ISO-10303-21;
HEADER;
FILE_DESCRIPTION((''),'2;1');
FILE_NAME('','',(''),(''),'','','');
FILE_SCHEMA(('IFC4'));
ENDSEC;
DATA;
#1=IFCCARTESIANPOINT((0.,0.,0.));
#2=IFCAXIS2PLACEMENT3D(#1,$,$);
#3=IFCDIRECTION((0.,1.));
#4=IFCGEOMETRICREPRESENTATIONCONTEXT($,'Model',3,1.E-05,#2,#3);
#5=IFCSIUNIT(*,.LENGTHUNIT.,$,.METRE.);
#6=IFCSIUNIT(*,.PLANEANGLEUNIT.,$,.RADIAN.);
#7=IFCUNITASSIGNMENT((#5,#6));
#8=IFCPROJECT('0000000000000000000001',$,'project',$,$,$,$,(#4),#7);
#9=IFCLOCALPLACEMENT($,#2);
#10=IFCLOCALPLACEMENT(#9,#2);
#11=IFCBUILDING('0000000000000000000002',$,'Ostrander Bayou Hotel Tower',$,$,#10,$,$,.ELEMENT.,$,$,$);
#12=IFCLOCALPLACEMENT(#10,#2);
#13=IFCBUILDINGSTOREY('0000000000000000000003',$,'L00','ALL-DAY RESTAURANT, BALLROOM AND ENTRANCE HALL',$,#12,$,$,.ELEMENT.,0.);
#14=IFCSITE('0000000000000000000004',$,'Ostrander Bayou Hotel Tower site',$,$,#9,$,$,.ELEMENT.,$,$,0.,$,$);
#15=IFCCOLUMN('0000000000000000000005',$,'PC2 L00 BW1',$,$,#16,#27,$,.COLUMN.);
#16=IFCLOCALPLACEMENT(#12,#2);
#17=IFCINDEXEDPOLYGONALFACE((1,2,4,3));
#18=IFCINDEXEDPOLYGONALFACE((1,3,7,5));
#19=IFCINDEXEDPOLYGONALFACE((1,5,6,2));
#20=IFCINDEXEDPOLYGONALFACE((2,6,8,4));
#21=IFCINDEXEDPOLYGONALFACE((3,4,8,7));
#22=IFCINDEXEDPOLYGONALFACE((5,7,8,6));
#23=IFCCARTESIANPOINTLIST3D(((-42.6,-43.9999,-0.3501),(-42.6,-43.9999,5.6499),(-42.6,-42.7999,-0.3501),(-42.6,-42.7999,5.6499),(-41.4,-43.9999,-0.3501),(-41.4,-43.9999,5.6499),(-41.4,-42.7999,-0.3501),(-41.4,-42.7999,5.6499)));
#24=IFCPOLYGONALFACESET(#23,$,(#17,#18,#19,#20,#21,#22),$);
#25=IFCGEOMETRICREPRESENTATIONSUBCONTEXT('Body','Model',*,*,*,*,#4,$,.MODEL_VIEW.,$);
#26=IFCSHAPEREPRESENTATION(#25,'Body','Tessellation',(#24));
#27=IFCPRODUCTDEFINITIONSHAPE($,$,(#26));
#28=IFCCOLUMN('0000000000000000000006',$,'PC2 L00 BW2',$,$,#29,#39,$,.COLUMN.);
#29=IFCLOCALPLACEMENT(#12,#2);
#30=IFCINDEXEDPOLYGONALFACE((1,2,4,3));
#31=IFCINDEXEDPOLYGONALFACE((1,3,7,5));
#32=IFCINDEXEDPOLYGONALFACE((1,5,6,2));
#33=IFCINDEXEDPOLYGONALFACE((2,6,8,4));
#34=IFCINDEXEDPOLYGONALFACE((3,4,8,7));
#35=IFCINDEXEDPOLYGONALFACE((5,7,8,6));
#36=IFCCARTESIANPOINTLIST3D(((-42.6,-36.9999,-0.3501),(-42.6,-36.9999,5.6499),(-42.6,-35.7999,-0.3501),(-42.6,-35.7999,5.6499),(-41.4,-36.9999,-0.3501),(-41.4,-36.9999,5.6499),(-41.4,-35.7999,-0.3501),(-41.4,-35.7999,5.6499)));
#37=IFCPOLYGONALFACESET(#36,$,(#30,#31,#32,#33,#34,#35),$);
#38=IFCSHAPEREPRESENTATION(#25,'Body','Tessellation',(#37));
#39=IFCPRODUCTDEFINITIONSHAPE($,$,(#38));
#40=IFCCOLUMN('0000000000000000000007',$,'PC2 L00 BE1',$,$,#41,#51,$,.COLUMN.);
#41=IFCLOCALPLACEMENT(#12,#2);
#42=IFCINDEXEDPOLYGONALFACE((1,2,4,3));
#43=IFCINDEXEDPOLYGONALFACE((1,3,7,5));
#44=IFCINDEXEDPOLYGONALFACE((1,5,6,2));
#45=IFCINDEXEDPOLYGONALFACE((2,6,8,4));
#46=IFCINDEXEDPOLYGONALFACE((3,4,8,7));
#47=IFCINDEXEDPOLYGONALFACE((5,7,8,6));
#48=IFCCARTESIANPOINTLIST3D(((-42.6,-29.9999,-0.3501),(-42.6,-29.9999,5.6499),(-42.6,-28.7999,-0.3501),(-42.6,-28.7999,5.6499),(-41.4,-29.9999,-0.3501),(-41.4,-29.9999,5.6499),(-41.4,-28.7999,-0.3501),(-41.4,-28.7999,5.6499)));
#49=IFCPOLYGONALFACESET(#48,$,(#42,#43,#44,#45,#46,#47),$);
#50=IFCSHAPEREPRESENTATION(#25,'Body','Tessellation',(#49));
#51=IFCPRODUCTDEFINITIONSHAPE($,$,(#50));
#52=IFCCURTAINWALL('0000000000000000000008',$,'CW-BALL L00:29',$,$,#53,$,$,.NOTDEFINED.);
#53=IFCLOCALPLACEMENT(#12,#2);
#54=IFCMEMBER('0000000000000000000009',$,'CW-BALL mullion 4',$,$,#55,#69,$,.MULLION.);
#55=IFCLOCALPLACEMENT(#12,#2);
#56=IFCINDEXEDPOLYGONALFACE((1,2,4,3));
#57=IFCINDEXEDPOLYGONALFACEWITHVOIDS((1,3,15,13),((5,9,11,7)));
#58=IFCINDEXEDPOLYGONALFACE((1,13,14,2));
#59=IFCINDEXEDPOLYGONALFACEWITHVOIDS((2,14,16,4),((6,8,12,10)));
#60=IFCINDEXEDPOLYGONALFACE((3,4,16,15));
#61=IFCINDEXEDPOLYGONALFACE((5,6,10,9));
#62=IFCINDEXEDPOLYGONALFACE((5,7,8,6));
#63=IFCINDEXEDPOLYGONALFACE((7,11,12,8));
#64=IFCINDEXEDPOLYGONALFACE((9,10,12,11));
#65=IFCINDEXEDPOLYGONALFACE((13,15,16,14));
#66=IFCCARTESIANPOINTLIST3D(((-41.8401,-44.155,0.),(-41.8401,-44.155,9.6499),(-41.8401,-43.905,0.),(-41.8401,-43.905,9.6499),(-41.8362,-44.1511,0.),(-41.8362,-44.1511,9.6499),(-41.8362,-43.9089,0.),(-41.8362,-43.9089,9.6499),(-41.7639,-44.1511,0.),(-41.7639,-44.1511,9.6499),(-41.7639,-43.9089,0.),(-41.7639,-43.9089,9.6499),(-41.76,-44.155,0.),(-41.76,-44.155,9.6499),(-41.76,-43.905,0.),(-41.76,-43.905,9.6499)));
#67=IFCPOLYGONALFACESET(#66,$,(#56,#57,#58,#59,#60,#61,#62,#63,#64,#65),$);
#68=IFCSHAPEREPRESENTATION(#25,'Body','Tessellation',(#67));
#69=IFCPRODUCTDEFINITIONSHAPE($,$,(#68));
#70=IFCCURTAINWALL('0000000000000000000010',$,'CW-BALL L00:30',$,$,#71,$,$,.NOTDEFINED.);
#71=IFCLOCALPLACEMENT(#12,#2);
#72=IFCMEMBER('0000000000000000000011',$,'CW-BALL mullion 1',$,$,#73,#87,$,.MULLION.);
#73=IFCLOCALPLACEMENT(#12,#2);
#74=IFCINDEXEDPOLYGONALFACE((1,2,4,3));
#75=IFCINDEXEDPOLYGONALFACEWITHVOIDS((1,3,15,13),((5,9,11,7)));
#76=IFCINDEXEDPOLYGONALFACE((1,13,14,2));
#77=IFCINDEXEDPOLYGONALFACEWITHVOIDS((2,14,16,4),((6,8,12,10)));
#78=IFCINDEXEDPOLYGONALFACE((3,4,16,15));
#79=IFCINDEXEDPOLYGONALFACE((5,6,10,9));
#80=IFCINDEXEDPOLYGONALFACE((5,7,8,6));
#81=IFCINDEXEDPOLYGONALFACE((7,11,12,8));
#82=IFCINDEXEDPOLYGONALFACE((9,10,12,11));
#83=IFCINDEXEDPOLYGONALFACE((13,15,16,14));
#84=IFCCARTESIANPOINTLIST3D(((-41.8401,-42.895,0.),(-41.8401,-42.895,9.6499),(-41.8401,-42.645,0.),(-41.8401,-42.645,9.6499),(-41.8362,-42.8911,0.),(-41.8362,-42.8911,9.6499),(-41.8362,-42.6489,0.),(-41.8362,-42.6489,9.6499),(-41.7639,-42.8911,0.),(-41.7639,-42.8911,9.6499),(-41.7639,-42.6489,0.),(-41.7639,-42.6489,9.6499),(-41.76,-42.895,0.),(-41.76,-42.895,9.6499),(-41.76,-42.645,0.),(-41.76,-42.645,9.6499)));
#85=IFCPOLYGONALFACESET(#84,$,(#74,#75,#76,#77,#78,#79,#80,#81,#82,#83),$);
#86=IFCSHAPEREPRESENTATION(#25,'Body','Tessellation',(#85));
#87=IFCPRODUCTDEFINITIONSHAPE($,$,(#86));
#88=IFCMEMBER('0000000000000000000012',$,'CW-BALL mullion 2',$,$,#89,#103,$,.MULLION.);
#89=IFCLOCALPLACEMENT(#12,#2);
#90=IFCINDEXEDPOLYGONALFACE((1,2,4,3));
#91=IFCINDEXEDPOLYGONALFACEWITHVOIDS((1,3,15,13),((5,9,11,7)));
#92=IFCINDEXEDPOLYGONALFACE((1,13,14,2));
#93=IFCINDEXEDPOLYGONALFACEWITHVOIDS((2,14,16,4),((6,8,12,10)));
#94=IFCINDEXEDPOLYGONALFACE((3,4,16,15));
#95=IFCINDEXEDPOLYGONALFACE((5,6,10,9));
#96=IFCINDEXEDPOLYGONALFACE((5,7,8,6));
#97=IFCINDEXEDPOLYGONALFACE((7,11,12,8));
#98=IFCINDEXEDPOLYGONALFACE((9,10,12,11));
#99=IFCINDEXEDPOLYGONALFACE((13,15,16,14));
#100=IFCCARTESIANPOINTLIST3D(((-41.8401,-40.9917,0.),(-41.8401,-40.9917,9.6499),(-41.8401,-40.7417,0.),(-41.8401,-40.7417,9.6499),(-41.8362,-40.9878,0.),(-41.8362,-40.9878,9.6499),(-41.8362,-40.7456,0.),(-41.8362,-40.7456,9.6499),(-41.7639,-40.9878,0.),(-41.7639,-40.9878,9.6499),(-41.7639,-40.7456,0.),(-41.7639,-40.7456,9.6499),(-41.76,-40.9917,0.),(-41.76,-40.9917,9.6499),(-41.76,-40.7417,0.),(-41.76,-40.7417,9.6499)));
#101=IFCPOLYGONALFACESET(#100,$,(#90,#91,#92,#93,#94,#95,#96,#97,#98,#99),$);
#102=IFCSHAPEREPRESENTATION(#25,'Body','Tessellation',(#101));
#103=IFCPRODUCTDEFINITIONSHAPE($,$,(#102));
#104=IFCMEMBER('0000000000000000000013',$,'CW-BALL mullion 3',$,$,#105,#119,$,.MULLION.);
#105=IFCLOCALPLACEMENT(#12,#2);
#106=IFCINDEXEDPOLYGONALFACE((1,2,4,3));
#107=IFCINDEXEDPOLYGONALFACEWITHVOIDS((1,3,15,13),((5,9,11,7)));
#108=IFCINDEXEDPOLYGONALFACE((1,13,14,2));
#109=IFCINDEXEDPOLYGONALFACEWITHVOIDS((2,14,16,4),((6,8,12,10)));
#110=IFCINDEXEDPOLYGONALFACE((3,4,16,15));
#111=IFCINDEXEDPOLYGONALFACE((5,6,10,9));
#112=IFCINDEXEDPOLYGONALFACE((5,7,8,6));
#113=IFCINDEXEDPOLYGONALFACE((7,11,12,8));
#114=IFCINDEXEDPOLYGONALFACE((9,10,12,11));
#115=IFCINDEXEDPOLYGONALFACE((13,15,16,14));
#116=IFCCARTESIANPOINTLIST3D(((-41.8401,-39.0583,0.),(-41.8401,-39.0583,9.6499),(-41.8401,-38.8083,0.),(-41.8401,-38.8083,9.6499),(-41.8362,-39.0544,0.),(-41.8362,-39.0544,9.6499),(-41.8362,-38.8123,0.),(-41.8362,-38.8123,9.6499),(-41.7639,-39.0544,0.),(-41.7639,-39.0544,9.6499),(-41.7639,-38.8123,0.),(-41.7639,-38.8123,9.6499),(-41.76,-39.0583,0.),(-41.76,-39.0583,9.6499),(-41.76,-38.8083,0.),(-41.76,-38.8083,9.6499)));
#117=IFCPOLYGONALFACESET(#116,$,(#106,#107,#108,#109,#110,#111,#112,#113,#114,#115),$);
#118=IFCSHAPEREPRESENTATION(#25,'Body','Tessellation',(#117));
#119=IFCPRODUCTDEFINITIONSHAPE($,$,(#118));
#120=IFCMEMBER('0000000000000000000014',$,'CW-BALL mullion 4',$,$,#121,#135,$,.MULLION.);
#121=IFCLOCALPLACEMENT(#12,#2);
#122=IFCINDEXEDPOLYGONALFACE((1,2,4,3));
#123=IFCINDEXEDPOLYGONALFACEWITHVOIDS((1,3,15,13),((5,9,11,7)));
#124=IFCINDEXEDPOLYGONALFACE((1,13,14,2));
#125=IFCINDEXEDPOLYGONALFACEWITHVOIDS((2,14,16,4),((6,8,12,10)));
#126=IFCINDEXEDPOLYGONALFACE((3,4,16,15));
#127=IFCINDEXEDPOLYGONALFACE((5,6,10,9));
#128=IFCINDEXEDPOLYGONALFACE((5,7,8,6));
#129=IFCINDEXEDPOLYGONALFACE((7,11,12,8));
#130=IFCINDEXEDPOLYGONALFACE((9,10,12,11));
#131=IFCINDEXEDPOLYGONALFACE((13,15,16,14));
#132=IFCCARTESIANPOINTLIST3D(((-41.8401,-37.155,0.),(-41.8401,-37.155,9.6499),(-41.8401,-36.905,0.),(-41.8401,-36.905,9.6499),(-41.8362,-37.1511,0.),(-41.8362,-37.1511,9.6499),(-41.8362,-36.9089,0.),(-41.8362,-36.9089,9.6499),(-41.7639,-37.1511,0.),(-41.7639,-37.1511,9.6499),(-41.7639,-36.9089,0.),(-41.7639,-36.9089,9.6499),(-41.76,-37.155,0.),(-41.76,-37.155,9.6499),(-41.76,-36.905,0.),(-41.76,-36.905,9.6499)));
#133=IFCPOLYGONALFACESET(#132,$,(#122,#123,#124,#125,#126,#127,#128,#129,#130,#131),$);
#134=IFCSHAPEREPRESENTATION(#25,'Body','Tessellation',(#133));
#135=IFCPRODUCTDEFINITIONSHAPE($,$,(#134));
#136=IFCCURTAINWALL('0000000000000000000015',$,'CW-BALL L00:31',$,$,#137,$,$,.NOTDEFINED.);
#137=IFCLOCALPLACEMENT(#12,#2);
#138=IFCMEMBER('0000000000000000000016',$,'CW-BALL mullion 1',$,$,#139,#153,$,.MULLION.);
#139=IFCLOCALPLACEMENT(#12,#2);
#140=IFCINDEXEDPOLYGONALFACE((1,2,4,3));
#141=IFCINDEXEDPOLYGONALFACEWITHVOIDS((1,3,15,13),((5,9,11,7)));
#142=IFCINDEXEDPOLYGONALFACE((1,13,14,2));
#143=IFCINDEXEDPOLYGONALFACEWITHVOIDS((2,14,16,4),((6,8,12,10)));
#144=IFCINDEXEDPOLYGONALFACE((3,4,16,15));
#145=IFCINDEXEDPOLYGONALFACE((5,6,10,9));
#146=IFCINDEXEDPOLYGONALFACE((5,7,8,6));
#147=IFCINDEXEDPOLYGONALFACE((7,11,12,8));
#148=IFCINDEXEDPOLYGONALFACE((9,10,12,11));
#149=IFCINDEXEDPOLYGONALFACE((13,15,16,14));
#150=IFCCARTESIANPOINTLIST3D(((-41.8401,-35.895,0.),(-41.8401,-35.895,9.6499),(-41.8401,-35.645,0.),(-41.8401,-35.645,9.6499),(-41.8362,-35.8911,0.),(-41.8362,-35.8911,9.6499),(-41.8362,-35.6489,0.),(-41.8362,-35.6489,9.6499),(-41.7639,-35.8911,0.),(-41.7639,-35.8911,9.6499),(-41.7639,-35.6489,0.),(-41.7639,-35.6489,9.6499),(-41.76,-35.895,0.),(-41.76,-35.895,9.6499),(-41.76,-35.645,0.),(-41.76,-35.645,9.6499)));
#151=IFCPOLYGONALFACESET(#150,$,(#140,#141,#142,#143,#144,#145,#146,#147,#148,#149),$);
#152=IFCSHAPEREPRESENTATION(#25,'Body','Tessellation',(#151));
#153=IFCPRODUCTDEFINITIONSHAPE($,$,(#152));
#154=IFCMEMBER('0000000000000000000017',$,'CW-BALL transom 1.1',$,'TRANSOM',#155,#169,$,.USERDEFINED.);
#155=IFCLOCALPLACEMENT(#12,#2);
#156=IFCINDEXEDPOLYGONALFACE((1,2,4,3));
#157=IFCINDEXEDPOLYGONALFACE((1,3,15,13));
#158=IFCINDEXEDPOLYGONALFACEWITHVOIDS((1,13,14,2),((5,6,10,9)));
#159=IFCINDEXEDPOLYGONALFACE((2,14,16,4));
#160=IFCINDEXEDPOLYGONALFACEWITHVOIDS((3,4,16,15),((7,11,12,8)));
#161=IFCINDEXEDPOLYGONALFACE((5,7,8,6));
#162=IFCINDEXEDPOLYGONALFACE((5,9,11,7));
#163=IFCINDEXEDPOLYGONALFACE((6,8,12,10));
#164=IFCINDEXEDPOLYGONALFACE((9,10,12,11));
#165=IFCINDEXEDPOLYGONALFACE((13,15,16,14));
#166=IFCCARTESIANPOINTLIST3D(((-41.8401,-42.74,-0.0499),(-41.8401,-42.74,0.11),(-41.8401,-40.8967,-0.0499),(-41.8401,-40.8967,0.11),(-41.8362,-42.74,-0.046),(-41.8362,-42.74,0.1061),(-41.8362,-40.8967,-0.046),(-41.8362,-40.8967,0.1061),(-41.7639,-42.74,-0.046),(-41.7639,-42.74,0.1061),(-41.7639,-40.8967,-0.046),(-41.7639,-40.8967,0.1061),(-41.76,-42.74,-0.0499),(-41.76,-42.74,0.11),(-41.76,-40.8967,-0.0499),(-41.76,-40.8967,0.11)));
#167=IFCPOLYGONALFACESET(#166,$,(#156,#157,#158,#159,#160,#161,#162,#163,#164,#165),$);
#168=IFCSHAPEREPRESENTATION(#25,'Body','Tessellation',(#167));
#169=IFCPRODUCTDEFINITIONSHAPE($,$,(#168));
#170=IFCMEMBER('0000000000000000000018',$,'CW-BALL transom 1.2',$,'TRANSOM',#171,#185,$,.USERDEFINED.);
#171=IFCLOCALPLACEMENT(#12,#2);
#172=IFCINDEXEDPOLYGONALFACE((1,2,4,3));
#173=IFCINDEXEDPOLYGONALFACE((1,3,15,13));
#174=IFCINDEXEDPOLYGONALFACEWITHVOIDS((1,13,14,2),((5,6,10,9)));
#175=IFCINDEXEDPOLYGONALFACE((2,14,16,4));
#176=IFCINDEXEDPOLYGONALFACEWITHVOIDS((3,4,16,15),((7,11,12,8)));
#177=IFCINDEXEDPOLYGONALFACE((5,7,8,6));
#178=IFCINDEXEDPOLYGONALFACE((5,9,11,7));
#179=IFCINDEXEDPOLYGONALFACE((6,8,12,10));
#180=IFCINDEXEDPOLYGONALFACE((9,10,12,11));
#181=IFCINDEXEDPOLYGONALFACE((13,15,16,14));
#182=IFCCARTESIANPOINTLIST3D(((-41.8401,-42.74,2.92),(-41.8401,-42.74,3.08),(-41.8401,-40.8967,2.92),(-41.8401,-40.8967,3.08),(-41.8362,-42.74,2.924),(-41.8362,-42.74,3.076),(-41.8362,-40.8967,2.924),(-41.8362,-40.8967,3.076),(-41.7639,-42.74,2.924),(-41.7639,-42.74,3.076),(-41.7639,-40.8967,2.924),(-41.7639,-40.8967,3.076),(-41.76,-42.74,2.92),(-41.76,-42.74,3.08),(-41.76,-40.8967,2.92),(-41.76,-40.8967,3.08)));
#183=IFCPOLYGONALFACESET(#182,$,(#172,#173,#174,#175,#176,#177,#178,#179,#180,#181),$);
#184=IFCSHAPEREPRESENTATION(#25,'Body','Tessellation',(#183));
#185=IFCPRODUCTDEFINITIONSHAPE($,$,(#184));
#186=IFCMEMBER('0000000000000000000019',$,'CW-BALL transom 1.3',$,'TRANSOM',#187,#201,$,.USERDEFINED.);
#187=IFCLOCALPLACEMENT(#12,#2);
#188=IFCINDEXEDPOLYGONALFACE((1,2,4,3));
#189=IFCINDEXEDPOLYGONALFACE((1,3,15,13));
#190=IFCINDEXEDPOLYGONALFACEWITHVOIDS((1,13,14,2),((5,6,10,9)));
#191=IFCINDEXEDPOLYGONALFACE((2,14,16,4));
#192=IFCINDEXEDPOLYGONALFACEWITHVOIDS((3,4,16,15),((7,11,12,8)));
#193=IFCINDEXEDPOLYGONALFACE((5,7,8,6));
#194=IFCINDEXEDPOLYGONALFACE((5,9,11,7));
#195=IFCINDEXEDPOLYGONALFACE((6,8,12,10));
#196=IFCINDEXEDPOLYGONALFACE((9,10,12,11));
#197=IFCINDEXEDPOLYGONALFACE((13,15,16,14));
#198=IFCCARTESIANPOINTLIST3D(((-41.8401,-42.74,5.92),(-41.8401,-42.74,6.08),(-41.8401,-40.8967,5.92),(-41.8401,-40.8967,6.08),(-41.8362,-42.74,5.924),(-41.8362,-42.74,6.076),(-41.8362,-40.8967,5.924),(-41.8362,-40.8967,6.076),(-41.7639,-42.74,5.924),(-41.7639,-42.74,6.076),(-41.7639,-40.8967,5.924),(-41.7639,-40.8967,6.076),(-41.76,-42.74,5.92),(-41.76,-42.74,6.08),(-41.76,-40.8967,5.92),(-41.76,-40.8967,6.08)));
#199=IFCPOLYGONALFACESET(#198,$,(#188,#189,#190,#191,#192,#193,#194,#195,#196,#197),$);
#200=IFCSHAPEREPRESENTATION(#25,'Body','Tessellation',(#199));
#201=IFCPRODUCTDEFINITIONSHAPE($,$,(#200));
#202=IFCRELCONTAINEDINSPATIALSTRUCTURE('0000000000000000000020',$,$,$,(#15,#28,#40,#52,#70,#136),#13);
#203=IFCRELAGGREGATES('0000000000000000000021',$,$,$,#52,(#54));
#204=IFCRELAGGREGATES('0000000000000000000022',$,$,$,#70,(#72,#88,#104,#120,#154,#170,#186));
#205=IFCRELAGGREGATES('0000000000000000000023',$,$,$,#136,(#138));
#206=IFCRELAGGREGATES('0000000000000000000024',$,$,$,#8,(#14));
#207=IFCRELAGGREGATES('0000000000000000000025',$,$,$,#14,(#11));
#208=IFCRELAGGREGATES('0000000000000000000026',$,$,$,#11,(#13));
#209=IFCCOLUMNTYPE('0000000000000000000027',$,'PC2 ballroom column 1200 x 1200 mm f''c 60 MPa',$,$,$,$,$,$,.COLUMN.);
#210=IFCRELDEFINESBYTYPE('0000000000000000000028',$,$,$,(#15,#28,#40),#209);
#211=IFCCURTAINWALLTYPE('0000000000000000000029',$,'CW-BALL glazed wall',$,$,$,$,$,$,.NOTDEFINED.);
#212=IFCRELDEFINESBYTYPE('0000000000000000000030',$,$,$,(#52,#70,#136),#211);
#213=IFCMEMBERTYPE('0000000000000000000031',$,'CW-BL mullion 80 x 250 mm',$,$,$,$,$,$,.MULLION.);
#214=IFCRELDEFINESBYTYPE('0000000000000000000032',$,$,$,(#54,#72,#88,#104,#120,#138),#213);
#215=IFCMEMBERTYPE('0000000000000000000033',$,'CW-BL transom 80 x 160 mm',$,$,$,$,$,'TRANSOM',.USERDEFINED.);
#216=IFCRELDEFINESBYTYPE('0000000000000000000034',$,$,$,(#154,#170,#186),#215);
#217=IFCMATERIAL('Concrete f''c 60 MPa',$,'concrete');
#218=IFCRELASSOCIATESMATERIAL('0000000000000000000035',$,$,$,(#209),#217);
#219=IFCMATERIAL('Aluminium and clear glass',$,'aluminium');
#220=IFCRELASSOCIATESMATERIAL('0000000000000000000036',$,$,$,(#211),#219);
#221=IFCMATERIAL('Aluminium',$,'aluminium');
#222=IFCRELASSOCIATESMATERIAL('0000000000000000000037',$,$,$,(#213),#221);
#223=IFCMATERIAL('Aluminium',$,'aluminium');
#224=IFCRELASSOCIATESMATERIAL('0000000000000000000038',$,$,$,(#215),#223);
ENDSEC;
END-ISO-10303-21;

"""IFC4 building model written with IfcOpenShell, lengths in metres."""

from ifc_helpers import new_model, si_unit, direction, frame, origin, origin_2d, place, context, subcontext, project, spatial, rectangle, hollow_rectangle, extrude, material, material_profile, profile_set, type_object, element, aggregate, save


model = new_model("IFC4")

# Units and contexts
model_context = context("Model", 3, precision=1e-05, world=origin(), true_north=direction((0.0, 1.0)))
body_context = subcontext(model_context, "Body", "Model", "MODEL_VIEW")
ifc_project = project(units=[si_unit("LENGTHUNIT", "METRE"), si_unit("PLANEANGLEUNIT", "RADIAN")], contexts=[model_context])

# Site, building, storey
site_placement = place(None, origin())
site = spatial("IfcSite", under=ifc_project, at=site_placement, Name="Ostrander Bayou Hotel Tower site", CompositionType="ELEMENT", RefElevation=0.0)
building_placement = place(site_placement, origin())
building = spatial("IfcBuilding", under=site, at=building_placement, Name="Ostrander Bayou Hotel Tower", CompositionType="ELEMENT")
storey_placement = place(building_placement, origin())
storey = spatial("IfcBuildingStorey", under=building, at=storey_placement, Name="L00", Description="ALL-DAY RESTAURANT, BALLROOM AND ENTRANCE HALL", CompositionType="ELEMENT", Elevation=0.0)

# Columns
ifc_material_1 = material(Name="Concrete f'c 60 MPa", Category="concrete")
ifc_material_profile_1 = material_profile(ifc_material_1, rectangle(XDim=1.2, YDim=1.2, at=origin_2d()))
ifc_profile_set_1 = profile_set([ifc_material_profile_1], Name="Concrete f'c 60 MPa")
column_type = type_object("IfcColumnType", Name="PC2 ballroom column 1200 x 1200 mm f'c 60 MPa", PredefinedType="COLUMN", material=ifc_profile_set_1)
for number, where, z_axis, x_axis, name in (
    (1, (-42.0, -43.3999, -0.3501), (0.0, 0.0, 1.0), (1.0, 0.0, 0.0), "PC2 L00 BW1"),
    (2, (-42.0, -36.3999, -0.3501), (0.0, 0.0, 1.0), (1.0, 0.0, 0.0), "PC2 L00 BW2"),
    (3, (-42.0, -29.3999, -0.3501), (0.0, 0.0, 1.0), (1.0, 0.0, 0.0), "PC2 L00 BE1"),
):
    element("IfcColumn", number, at=place(storey_placement, frame(where, z_axis=z_axis, x_axis=x_axis)), inside=storey, type_object=column_type, Name=name, PredefinedType="COLUMN", context=body_context, shape_type="SweptSolid", body=[
        extrude(rectangle(XDim=1.2, YDim=1.2, at=origin_2d()), origin(), (0.0, 0.0, 1.0), 6.0),
    ])

# Curtain wall, member
ifc_material_2 = material(Name="Aluminium and clear glass", Category="aluminium")
curtain_wall_type = type_object("IfcCurtainWallType", Name="CW-BALL glazed wall", PredefinedType="NOTDEFINED", material=ifc_material_2)
curtain_wall_1_placement = place(storey_placement, origin())
curtain_wall_1 = element("IfcCurtainWall", 4, at=curtain_wall_1_placement, inside=storey, type_object=curtain_wall_type, Name="CW-BALL L00:29", PredefinedType="NOTDEFINED")
ifc_material_3 = material(Name="Aluminium", Category="aluminium")
ifc_material_profile_2 = material_profile(ifc_material_3, hollow_rectangle(XDim=0.0801, YDim=0.25, WallThickness=0.0039, at=origin_2d()))
ifc_profile_set_2 = profile_set([ifc_material_profile_2], Name="Aluminium")
member_type_1 = type_object("IfcMemberType", Name="CW-BL mullion 80 x 250 mm", PredefinedType="MULLION", material=ifc_profile_set_2)
member_1_placement = place(storey_placement, frame((-41.8, -44.03, 0.0), z_axis=(0.0, 0.0, 1.0), x_axis=(-1.0, 0.0, 0.0)))
member_1 = element("IfcMember", 5, at=member_1_placement, type_object=member_type_1, Name="CW-BALL mullion 4", PredefinedType="MULLION", context=body_context, shape_type="SweptSolid", body=[
    extrude(hollow_rectangle(XDim=0.0801, YDim=0.25, WallThickness=0.0039, at=origin_2d()), origin(), (0.0, 0.0, 1.0), 9.6499),
])

# Curtain wall, members
curtain_wall_2_placement = place(storey_placement, origin())
curtain_wall_2 = element("IfcCurtainWall", 6, at=curtain_wall_2_placement, inside=storey, type_object=curtain_wall_type, Name="CW-BALL L00:30", PredefinedType="NOTDEFINED")
member_2_placement = place(storey_placement, frame((-41.8, -42.77, 0.0), z_axis=(0.0, 0.0, 1.0), x_axis=(-1.0, 0.0, 0.0)))
member_2 = element("IfcMember", 7, at=member_2_placement, type_object=member_type_1, Name="CW-BALL mullion 1", PredefinedType="MULLION", context=body_context, shape_type="SweptSolid", body=[
    extrude(hollow_rectangle(XDim=0.0801, YDim=0.25, WallThickness=0.0039, at=origin_2d()), origin(), (0.0, 0.0, 1.0), 9.6499),
])
member_3_placement = place(storey_placement, frame((-41.8, -40.8667, 0.0), z_axis=(0.0, 0.0, 1.0), x_axis=(-1.0, 0.0, 0.0)))
member_3 = element("IfcMember", 8, at=member_3_placement, type_object=member_type_1, Name="CW-BALL mullion 2", PredefinedType="MULLION", context=body_context, shape_type="SweptSolid", body=[
    extrude(hollow_rectangle(XDim=0.0801, YDim=0.25, WallThickness=0.0039, at=origin_2d()), origin(), (0.0, 0.0, 1.0), 9.6499),
])
member_4_placement = place(storey_placement, frame((-41.8, -38.9333, 0.0), z_axis=(0.0, 0.0, 1.0), x_axis=(-1.0, 0.0, 0.0)))
member_4 = element("IfcMember", 9, at=member_4_placement, type_object=member_type_1, Name="CW-BALL mullion 3", PredefinedType="MULLION", context=body_context, shape_type="SweptSolid", body=[
    extrude(hollow_rectangle(XDim=0.0801, YDim=0.25, WallThickness=0.0039, at=origin_2d()), origin(), (0.0, 0.0, 1.0), 9.6499),
])
member_5_placement = place(storey_placement, frame((-41.8, -37.03, 0.0), z_axis=(0.0, 0.0, 1.0), x_axis=(-1.0, 0.0, 0.0)))
member_5 = element("IfcMember", 10, at=member_5_placement, type_object=member_type_1, Name="CW-BALL mullion 4", PredefinedType="MULLION", context=body_context, shape_type="SweptSolid", body=[
    extrude(hollow_rectangle(XDim=0.0801, YDim=0.25, WallThickness=0.0039, at=origin_2d()), origin(), (0.0, 0.0, 1.0), 9.6499),
])

# Curtain wall, member
curtain_wall_3_placement = place(storey_placement, origin())
curtain_wall_3 = element("IfcCurtainWall", 11, at=curtain_wall_3_placement, inside=storey, type_object=curtain_wall_type, Name="CW-BALL L00:31", PredefinedType="NOTDEFINED")
member_6_placement = place(storey_placement, frame((-41.8, -35.77, 0.0), z_axis=(0.0, 0.0, 1.0), x_axis=(-1.0, 0.0, 0.0)))
member_6 = element("IfcMember", 12, at=member_6_placement, type_object=member_type_1, Name="CW-BALL mullion 1", PredefinedType="MULLION", context=body_context, shape_type="SweptSolid", body=[
    extrude(hollow_rectangle(XDim=0.0801, YDim=0.25, WallThickness=0.0039, at=origin_2d()), origin(), (0.0, 0.0, 1.0), 9.6499),
])

# Members
ifc_material_4 = material(Name="Aluminium", Category="aluminium")
ifc_material_profile_3 = material_profile(ifc_material_4, hollow_rectangle(XDim=0.0801, YDim=0.1599, WallThickness=0.0039, at=origin_2d()))
ifc_profile_set_3 = profile_set([ifc_material_profile_3], Name="Aluminium")
member_type_2 = type_object("IfcMemberType", Name="CW-BL transom 80 x 160 mm", ElementType="TRANSOM", PredefinedType="USERDEFINED", material=ifc_profile_set_3)
member_7_placement = place(storey_placement, frame((-41.8, -42.74, 0.03), z_axis=(0.0, 1.0, 0.0), x_axis=(-1.0, 0.0, 0.0)))
member_7 = element("IfcMember", 13, at=member_7_placement, type_object=member_type_2, Name="CW-BALL transom 1.1", ObjectType="TRANSOM", PredefinedType="USERDEFINED", context=body_context, shape_type="SweptSolid", body=[
    extrude(hollow_rectangle(XDim=0.0801, YDim=0.1599, WallThickness=0.0039, at=origin_2d()), origin(), (0.0, 0.0, 1.0), 1.8433),
])
member_8_placement = place(storey_placement, frame((-41.8, -42.74, 3.0), z_axis=(0.0, 1.0, 0.0), x_axis=(-1.0, 0.0, 0.0)))
member_8 = element("IfcMember", 14, at=member_8_placement, type_object=member_type_2, Name="CW-BALL transom 1.2", ObjectType="TRANSOM", PredefinedType="USERDEFINED", context=body_context, shape_type="SweptSolid", body=[
    extrude(hollow_rectangle(XDim=0.0801, YDim=0.1599, WallThickness=0.0039, at=origin_2d()), origin(), (0.0, 0.0, 1.0), 1.8433),
])
member_9_placement = place(storey_placement, frame((-41.8, -42.74, 6.0), z_axis=(0.0, 1.0, 0.0), x_axis=(-1.0, 0.0, 0.0)))
member_9 = element("IfcMember", 15, at=member_9_placement, type_object=member_type_2, Name="CW-BALL transom 1.3", ObjectType="TRANSOM", PredefinedType="USERDEFINED", context=body_context, shape_type="SweptSolid", body=[
    extrude(hollow_rectangle(XDim=0.0801, YDim=0.1599, WallThickness=0.0039, at=origin_2d()), origin(), (0.0, 0.0, 1.0), 1.8433),
])

aggregate(curtain_wall_1, [member_1])
aggregate(curtain_wall_2, [member_2, member_3, member_4, member_5, member_7, member_8, member_9])
aggregate(curtain_wall_3, [member_6])

save(model, "model.ifc")
